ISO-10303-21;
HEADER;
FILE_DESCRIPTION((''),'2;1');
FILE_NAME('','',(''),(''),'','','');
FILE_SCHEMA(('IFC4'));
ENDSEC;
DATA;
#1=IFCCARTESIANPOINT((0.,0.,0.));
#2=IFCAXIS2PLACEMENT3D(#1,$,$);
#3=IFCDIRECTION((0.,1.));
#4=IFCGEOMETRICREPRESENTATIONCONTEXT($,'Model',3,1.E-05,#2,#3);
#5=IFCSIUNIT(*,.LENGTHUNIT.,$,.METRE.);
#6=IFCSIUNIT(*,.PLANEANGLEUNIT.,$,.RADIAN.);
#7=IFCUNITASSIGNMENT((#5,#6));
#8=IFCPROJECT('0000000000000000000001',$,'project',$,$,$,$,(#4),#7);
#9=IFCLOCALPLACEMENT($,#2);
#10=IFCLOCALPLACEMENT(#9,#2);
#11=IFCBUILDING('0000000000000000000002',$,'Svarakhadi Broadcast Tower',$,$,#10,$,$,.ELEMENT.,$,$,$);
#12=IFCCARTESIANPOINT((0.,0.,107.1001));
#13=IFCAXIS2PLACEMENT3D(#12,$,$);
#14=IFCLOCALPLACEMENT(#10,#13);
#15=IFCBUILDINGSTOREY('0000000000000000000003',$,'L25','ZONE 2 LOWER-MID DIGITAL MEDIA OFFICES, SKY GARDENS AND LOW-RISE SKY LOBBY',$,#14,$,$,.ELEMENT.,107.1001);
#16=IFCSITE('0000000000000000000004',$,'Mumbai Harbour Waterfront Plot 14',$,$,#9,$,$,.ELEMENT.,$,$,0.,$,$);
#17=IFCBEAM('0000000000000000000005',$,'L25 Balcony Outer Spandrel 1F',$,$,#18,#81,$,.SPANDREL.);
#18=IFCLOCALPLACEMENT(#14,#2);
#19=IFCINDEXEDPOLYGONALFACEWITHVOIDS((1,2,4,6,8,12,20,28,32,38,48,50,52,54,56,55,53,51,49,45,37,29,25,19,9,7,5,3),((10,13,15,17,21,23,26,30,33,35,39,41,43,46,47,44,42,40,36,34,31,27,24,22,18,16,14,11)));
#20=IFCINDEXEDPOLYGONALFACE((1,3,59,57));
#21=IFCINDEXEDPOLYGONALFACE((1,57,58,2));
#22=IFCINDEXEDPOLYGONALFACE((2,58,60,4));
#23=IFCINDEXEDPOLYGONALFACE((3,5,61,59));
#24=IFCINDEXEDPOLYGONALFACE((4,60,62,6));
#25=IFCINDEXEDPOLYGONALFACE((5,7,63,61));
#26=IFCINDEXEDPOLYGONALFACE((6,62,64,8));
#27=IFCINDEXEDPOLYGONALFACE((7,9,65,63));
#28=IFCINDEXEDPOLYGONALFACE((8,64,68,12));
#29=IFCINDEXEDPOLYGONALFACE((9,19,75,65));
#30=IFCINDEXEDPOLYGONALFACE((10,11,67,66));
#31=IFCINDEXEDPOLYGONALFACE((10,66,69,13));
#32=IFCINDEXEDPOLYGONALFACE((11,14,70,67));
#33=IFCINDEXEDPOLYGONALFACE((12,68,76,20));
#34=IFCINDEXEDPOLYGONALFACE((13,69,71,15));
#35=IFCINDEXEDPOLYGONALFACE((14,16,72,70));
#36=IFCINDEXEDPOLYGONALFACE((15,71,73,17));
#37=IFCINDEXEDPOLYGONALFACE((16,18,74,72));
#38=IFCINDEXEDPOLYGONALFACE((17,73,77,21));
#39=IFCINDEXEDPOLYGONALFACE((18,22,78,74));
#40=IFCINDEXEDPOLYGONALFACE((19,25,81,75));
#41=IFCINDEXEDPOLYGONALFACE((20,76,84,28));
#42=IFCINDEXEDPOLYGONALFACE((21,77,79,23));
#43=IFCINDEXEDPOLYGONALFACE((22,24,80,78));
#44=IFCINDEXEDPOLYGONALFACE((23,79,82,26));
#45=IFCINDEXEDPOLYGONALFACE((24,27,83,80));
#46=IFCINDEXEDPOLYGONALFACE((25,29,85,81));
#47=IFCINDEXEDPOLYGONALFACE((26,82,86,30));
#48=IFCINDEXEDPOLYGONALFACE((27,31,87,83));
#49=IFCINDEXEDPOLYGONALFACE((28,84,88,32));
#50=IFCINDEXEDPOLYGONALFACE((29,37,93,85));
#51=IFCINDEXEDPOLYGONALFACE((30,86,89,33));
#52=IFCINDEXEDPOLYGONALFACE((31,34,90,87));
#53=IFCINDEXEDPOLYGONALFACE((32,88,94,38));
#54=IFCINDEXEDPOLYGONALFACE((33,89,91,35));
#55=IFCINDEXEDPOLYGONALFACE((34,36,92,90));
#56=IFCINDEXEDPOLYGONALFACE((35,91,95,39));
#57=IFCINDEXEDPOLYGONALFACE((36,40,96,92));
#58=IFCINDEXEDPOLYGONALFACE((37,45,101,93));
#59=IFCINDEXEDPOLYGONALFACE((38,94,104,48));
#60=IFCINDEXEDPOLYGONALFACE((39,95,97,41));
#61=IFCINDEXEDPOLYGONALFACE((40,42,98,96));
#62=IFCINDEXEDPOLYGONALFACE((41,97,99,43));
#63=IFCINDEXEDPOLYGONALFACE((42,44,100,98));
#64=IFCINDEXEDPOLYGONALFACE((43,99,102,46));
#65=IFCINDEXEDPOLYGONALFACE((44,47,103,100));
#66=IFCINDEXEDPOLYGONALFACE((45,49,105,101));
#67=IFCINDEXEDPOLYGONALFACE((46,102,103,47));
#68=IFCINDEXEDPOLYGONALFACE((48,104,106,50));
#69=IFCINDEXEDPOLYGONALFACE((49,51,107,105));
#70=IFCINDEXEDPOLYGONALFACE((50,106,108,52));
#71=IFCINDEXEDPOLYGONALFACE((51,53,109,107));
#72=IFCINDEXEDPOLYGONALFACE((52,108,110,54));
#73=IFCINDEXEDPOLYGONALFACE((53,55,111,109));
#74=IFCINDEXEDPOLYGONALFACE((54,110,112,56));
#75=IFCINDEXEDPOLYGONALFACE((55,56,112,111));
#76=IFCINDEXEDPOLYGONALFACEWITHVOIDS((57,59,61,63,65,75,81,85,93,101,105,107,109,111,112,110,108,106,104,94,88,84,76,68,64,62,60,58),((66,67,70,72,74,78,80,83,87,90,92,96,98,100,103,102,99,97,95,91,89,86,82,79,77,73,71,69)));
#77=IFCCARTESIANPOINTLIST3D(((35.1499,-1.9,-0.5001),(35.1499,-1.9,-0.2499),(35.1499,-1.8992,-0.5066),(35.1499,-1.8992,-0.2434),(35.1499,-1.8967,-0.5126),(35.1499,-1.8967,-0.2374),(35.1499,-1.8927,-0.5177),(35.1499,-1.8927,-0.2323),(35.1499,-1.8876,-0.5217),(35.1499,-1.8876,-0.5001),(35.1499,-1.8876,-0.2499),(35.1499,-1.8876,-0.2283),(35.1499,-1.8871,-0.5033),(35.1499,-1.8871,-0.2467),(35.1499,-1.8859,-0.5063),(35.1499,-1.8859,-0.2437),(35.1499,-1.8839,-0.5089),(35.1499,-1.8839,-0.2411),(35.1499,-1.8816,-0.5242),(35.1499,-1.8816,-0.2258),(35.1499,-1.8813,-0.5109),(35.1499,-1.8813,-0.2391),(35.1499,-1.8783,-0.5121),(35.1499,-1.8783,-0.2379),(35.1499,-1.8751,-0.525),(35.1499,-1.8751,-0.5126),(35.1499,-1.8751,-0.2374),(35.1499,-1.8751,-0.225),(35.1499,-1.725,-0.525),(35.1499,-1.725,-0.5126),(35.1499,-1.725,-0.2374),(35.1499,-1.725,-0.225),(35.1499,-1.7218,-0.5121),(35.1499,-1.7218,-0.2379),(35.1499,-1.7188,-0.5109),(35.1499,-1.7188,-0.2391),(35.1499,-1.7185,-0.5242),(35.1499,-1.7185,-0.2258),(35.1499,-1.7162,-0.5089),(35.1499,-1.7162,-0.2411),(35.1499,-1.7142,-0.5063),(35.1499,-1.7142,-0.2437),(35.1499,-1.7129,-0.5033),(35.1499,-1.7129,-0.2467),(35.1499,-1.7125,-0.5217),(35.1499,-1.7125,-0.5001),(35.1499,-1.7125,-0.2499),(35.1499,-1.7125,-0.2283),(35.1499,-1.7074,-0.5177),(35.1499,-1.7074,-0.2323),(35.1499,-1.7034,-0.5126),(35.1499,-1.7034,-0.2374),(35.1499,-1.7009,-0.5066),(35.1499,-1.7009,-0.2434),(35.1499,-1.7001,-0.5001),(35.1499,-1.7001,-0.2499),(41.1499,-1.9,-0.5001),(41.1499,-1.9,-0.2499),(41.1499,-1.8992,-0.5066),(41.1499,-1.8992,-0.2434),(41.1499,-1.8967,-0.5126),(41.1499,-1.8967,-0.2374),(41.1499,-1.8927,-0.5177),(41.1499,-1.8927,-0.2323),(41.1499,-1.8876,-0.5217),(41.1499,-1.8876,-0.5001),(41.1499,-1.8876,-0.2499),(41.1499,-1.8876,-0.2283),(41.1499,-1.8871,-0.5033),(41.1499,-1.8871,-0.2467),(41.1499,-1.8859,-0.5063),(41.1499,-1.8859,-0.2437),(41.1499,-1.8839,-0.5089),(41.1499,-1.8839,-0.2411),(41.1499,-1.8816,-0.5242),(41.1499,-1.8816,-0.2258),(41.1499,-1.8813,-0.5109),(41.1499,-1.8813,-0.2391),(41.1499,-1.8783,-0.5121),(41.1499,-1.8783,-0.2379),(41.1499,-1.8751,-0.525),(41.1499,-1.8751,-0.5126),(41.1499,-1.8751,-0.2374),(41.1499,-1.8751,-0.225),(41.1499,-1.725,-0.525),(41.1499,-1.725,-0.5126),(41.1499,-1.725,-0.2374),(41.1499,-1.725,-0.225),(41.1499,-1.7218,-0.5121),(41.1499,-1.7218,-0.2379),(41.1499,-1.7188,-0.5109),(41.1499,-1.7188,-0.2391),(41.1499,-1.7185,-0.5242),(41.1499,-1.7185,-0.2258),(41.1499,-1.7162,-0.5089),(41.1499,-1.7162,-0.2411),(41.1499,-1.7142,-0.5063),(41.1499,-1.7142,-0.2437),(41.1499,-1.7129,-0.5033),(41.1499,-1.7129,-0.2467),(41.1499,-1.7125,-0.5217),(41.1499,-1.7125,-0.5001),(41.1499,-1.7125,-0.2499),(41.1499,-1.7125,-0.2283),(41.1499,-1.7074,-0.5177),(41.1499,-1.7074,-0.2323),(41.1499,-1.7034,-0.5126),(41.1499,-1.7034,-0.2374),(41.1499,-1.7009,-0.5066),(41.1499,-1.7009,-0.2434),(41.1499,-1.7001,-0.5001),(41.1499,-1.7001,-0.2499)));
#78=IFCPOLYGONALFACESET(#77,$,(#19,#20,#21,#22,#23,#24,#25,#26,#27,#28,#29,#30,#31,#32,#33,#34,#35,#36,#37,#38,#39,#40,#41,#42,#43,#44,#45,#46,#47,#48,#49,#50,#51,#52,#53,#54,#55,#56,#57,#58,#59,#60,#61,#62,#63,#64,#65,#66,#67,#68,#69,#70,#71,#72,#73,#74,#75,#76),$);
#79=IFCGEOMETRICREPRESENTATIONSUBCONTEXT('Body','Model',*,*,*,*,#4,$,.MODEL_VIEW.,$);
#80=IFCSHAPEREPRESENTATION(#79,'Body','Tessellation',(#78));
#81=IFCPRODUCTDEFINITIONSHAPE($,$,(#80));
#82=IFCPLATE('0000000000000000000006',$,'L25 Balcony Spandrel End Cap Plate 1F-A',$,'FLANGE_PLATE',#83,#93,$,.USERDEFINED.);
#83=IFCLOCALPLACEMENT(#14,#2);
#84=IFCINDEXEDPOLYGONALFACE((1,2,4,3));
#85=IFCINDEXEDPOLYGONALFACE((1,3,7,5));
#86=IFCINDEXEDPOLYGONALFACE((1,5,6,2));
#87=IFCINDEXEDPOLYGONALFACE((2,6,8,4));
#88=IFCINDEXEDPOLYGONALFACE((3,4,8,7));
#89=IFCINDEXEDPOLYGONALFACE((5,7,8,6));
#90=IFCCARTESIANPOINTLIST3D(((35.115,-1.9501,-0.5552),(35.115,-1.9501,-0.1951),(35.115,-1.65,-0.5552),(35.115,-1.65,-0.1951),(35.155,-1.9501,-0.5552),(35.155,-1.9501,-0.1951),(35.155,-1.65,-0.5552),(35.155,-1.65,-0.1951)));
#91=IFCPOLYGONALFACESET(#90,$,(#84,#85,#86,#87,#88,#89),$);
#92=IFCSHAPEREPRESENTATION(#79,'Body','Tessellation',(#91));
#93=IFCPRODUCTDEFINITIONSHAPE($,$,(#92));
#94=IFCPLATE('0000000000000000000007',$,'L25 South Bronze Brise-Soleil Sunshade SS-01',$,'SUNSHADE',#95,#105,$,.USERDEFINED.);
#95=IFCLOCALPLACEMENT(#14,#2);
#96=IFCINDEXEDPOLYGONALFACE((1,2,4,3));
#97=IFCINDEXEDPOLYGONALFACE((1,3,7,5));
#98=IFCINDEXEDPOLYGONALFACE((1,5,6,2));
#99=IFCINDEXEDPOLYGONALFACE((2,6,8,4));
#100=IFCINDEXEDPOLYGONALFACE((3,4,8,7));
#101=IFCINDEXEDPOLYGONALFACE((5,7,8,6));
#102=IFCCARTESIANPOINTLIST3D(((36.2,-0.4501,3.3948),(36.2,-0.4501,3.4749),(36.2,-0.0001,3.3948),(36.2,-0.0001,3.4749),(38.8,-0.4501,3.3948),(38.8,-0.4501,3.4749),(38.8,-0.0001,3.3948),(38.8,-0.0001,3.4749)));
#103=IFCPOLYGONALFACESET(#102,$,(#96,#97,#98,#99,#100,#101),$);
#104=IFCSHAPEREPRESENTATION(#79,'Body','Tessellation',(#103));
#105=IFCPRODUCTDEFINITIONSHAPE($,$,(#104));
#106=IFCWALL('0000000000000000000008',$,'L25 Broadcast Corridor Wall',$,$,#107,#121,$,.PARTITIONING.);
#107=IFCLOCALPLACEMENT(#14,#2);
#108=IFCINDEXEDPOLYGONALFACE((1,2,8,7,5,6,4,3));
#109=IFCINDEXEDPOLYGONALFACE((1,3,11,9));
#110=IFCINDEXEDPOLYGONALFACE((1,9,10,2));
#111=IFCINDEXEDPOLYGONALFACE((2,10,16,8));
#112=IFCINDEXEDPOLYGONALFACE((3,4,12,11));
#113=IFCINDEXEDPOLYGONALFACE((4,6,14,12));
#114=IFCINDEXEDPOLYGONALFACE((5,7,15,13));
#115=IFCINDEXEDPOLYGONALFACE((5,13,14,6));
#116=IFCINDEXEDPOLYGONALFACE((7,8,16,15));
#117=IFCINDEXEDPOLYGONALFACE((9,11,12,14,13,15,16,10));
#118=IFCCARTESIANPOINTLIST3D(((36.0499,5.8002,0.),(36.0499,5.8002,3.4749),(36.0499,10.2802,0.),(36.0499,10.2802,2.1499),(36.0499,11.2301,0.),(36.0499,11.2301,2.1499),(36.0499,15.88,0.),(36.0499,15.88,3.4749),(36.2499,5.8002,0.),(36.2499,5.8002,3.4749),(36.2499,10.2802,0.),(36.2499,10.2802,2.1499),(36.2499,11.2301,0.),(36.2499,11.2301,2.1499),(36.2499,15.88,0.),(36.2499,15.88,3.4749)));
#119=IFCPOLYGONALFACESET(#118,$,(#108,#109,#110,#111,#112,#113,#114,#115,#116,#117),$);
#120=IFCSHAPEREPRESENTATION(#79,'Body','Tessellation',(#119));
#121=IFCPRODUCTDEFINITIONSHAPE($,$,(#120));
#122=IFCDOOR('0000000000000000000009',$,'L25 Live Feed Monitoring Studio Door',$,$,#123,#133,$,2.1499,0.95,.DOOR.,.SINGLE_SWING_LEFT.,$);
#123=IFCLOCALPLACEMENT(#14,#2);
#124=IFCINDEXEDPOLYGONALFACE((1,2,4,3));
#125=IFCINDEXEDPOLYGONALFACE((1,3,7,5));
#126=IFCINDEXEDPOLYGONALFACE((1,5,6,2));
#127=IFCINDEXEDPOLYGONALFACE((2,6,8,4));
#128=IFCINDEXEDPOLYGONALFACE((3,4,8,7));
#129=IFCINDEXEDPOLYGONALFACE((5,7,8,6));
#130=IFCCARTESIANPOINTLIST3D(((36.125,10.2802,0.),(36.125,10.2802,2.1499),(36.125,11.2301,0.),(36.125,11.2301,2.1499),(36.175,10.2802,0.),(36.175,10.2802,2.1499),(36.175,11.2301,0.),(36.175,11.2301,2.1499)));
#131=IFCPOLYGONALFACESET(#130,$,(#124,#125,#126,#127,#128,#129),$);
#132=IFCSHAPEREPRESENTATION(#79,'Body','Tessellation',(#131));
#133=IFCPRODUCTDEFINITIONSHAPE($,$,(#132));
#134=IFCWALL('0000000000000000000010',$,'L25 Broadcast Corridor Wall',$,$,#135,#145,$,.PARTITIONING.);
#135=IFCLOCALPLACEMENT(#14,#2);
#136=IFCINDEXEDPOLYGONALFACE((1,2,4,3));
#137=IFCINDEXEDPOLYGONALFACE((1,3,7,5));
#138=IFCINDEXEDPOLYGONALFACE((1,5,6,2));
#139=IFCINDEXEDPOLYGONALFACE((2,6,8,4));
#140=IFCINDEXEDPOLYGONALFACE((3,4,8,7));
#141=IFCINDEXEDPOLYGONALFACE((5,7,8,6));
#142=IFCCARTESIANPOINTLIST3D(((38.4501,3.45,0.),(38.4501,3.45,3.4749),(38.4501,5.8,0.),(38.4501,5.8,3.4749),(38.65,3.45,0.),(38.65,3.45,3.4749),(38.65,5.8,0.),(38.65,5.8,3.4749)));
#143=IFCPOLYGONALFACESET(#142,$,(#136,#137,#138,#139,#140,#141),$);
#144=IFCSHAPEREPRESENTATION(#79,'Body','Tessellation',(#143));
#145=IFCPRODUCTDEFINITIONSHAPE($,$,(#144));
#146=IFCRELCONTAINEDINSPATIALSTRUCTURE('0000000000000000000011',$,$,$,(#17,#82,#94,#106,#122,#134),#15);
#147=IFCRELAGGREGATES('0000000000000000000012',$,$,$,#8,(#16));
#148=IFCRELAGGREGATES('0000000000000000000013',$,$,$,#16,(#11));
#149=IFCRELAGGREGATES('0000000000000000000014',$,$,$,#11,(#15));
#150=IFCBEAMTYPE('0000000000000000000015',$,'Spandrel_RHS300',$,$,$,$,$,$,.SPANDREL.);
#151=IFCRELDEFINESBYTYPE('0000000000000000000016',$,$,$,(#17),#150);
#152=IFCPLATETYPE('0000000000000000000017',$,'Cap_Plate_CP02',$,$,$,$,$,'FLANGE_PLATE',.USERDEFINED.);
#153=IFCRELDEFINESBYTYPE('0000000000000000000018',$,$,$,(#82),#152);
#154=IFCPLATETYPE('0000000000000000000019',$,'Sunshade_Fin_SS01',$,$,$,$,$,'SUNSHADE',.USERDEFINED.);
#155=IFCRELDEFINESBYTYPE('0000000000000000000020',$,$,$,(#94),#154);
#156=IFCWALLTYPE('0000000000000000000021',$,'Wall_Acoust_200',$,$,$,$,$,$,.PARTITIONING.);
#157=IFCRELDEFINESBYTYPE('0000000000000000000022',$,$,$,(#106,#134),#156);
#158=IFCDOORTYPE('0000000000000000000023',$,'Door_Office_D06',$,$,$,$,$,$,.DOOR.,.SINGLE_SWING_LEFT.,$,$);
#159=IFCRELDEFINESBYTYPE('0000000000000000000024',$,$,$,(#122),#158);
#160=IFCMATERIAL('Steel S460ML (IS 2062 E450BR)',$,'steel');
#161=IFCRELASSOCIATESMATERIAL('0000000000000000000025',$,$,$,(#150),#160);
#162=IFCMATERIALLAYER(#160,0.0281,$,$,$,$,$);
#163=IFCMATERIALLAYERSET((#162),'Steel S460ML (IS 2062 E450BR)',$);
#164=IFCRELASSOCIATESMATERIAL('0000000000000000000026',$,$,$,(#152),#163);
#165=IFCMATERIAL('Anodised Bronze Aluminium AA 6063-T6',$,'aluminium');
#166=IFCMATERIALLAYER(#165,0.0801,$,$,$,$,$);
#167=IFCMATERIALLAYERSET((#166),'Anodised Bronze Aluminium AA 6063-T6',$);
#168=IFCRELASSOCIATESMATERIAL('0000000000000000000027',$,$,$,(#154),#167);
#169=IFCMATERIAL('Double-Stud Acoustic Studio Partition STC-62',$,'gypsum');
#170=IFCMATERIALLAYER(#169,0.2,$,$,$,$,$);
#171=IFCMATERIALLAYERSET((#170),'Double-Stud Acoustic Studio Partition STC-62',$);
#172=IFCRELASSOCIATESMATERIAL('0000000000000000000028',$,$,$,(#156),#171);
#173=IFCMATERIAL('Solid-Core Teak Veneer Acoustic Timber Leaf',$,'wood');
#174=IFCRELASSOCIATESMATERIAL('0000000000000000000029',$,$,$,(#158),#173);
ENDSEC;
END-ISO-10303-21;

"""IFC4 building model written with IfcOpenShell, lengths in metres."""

from ifc_helpers import new_model, si_unit, direction, frame, frame_2d, origin, origin_2d, place, context, subcontext, project, spatial, rectangle, hollow_rectangle, extrude, material, layer, layer_set, material_profile, profile_set, type_object, element, fill, save


model = new_model("IFC4")

# Units and contexts
model_context = context("Model", 3, precision=1e-05, world=origin(), true_north=direction((0.0, 1.0)))
body_context = subcontext(model_context, "Body", "Model", "MODEL_VIEW")
ifc_project = project(units=[si_unit("LENGTHUNIT", "METRE"), si_unit("PLANEANGLEUNIT", "RADIAN")], contexts=[model_context])

# Site, building, storey
site_placement = place(None, origin())
site = spatial("IfcSite", under=ifc_project, at=site_placement, Name="Mumbai Harbour Waterfront Plot 14", CompositionType="ELEMENT", RefElevation=0.0)
building_placement = place(site_placement, origin())
building = spatial("IfcBuilding", under=site, at=building_placement, Name="Svarakhadi Broadcast Tower", CompositionType="ELEMENT")
storey_placement = place(building_placement, frame((0.0, 0.0, 107.1001)))
storey = spatial("IfcBuildingStorey", under=building, at=storey_placement, Name="L25", Description="ZONE 2 LOWER-MID DIGITAL MEDIA OFFICES, SKY GARDENS AND LOW-RISE SKY LOBBY", CompositionType="ELEMENT", Elevation=107.1001)

# Shared definitions
ifc_material_1 = material(Name="Steel S460ML (IS 2062 E450BR)", Category="steel")

# Shared definitions
ifc_material_2 = material(Name="Anodised Bronze Aluminium AA 6063-T6", Category="aluminium")

# Beam
ifc_material_profile_1 = material_profile(ifc_material_1, hollow_rectangle(XDim=0.2, YDim=0.3, WallThickness=0.0125, InnerFilletRadius=0.0125, OuterFilletRadius=0.0249, at=origin_2d()), Name="RHS 300x200x12.5")
ifc_profile_set_1 = profile_set([ifc_material_profile_1], Name="Steel S460ML (IS 2062 E450BR)")
beam_type_1 = type_object("IfcBeamType", Name="Spandrel_RHS300", PredefinedType="SPANDREL", material=ifc_profile_set_1)
beam_1_placement = place(storey_placement, frame((35.1499, -1.8, -0.375), z_axis=(1.0, 0.0, 0.0), x_axis=(0.0, 1.0, 0.0)))
element("IfcBeam", 1, at=beam_1_placement, inside=storey, type_object=beam_type_1, Name="L25 Balcony Outer Spandrel 1F", PredefinedType="SPANDREL", context=body_context, shape_type="SweptSolid", body=[
    extrude(hollow_rectangle(XDim=0.2, YDim=0.3, WallThickness=0.0125, InnerFilletRadius=0.0125, OuterFilletRadius=0.0249, at=origin_2d()), origin(), (0.0, 0.0, 1.0), 6.0),
])

# Plates
ifc_layer_1 = layer(ifc_material_1, 0.0281)
ifc_layer_set_1 = layer_set([ifc_layer_1], Name="Steel S460ML (IS 2062 E450BR)")
plate_type_1 = type_object("IfcPlateType", Name="Cap_Plate_CP02", ElementType="FLANGE_PLATE", PredefinedType="USERDEFINED", material=ifc_layer_set_1)
plate_1_placement = place(storey_placement, frame((35.135, -1.8, -0.5552), z_axis=(0.0, 0.0, 1.0), x_axis=(1.0, 0.0, 0.0)))
element("IfcPlate", 2, at=plate_1_placement, inside=storey, type_object=plate_type_1, Name="L25 Balcony Spandrel End Cap Plate 1F-A", ObjectType="FLANGE_PLATE", PredefinedType="USERDEFINED", context=body_context, shape_type="SweptSolid", body=[
    extrude(rectangle(XDim=0.04, YDim=0.3, at=origin_2d()), origin(), (0.0, 0.0, 1.0), 0.3601),
])
ifc_layer_2 = layer(ifc_material_2, 0.0801)
ifc_layer_set_2 = layer_set([ifc_layer_2], Name="Anodised Bronze Aluminium AA 6063-T6")
plate_type_2 = type_object("IfcPlateType", Name="Sunshade_Fin_SS01", ElementType="SUNSHADE", PredefinedType="USERDEFINED", material=ifc_layer_set_2)
plate_2_placement = place(storey_placement, frame((37.5, -0.2251, 3.3948), z_axis=(0.0, 0.0, 1.0), x_axis=(1.0, 0.0, 0.0)))
element("IfcPlate", 3, at=plate_2_placement, inside=storey, type_object=plate_type_2, Name="L25 South Bronze Brise-Soleil Sunshade SS-01", ObjectType="SUNSHADE", PredefinedType="USERDEFINED", context=body_context, shape_type="SweptSolid", body=[
    extrude(rectangle(XDim=2.6001, YDim=0.45, at=origin_2d()), origin(), (0.0, 0.0, 1.0), 0.0801),
])

# Wall, opening, door
ifc_material_3 = material(Name="Double-Stud Acoustic Studio Partition STC-62", Category="gypsum")
ifc_layer_3 = layer(ifc_material_3, 0.2)
ifc_layer_set_3 = layer_set([ifc_layer_3], Name="Double-Stud Acoustic Studio Partition STC-62")
wall_type_1 = type_object("IfcWallType", Name="Wall_Acoust_200", PredefinedType="PARTITIONING", material=ifc_layer_set_3)
wall_1_placement = place(storey_placement, frame((36.1499, 5.8, 0.0), z_axis=(0.0, 0.0, 1.0), x_axis=(0.0, 1.0, 0.0)))
wall_1 = element("IfcWall", 4, at=wall_1_placement, inside=storey, type_object=wall_type_1, Name="L25 Broadcast Corridor Wall", PredefinedType="PARTITIONING", context=body_context, shape_type="SweptSolid", body=[
    extrude(rectangle(XDim=10.0798, YDim=0.2, at=frame_2d((5.04, 0.0))), origin(), (0.0, 0.0, 1.0), 3.4749),
])
opening_1_placement = place(wall_1_placement, frame((4.48, 0.0, 0.0)))
opening_1 = element("IfcOpeningElement", 5, at=opening_1_placement, cuts=wall_1, PredefinedType="OPENING", context=body_context, shape_type="SweptSolid", body=[
    extrude(rectangle(XDim=0.95, YDim=2.1499, at=frame_2d((0.4751, 1.075))), frame((0.0, 0.1099, 0.0), z_axis=(0.0, -1.0, 0.0), x_axis=(1.0, 0.0, 0.0)), (0.0, 0.0, 1.0), 0.22),
])
ifc_material_4 = material(Name="Solid-Core Teak Veneer Acoustic Timber Leaf", Category="wood")
door_type_1 = type_object("IfcDoorType", Name="Door_Office_D06", OperationType="SINGLE_SWING_LEFT", PredefinedType="DOOR", material=ifc_material_4)
door_1_placement = place(opening_1_placement, origin())
door_1 = element("IfcDoor", 6, at=door_1_placement, inside=storey, type_object=door_type_1, Name="L25 Live Feed Monitoring Studio Door", OperationType="SINGLE_SWING_LEFT", OverallHeight=2.1499, OverallWidth=0.95, PredefinedType="DOOR", context=body_context, shape_type="SweptSolid", body=[
    extrude(rectangle(XDim=0.95, YDim=2.1499, at=frame_2d((0.4751, 1.075))), frame((0.0, 0.0249, 0.0), z_axis=(0.0, -1.0, 0.0), x_axis=(1.0, 0.0, 0.0)), (0.0, 0.0, 1.0), 0.05),
])
fill(opening_1, door_1)

# Wall
wall_2_placement = place(storey_placement, frame((38.55, 5.8, 0.0), z_axis=(0.0, 0.0, 1.0), x_axis=(0.0, -1.0, 0.0)))
element("IfcWall", 7, at=wall_2_placement, inside=storey, type_object=wall_type_1, Name="L25 Broadcast Corridor Wall", PredefinedType="PARTITIONING", context=body_context, shape_type="SweptSolid", body=[
    extrude(rectangle(XDim=2.3501, YDim=0.2, at=frame_2d((1.175, 0.0))), origin(), (0.0, 0.0, 1.0), 3.4749),
])

save(model, "model.ifc")
